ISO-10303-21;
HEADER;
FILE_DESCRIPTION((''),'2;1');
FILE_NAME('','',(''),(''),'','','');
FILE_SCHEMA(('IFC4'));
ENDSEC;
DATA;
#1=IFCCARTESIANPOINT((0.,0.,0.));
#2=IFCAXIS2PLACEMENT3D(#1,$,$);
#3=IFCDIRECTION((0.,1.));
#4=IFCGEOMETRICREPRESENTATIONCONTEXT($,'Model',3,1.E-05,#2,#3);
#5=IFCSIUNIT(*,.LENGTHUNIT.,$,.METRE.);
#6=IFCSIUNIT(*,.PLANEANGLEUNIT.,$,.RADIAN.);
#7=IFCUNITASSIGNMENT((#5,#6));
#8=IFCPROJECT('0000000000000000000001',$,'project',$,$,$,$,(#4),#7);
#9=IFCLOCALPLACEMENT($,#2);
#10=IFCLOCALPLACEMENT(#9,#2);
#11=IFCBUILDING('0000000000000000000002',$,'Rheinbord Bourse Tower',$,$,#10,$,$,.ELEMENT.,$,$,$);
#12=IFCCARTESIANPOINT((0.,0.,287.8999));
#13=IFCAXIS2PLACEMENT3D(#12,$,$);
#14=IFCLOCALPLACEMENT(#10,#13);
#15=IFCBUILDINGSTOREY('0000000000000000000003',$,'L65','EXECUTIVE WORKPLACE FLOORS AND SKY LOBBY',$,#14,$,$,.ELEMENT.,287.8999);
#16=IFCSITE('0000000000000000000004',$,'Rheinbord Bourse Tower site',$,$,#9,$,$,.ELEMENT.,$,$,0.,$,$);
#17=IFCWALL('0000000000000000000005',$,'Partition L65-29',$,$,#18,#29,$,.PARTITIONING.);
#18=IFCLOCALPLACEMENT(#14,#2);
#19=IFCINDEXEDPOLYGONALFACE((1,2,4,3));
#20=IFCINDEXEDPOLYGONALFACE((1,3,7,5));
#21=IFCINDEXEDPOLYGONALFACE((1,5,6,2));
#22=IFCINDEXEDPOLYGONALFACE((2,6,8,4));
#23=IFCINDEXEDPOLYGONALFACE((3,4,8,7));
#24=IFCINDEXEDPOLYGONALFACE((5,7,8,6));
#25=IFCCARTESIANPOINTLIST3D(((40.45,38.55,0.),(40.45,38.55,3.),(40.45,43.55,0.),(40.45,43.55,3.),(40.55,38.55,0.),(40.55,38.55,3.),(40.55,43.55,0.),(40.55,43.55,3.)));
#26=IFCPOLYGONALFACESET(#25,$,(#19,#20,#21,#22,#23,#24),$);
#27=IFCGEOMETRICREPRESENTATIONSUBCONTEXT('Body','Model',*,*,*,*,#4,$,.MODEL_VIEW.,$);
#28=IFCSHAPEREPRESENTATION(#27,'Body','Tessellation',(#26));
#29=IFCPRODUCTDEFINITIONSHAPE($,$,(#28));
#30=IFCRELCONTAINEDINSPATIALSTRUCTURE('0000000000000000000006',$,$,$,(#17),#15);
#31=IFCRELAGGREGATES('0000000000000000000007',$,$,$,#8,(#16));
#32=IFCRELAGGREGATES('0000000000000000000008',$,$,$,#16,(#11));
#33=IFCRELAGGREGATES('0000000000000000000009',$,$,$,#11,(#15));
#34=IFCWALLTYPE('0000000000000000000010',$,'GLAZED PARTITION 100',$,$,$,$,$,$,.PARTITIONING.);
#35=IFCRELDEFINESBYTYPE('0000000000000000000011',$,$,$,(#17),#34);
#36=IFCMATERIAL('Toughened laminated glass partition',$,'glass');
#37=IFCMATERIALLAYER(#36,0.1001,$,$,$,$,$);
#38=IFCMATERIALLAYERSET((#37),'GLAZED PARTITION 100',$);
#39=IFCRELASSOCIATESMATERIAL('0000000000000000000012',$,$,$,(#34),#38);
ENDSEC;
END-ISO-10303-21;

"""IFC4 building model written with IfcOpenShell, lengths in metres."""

from ifc_helpers import new_model, si_unit, direction, frame, frame_2d, origin, place, context, subcontext, project, spatial, rectangle, extrude, material, layer, layer_set, type_object, element, save


model = new_model("IFC4")

# Units and contexts
model_context = context("Model", 3, precision=1e-05, world=origin(), true_north=direction((0.0, 1.0)))
body_context = subcontext(model_context, "Body", "Model", "MODEL_VIEW")
ifc_project = project(units=[si_unit("LENGTHUNIT", "METRE"), si_unit("PLANEANGLEUNIT", "RADIAN")], contexts=[model_context])

# Site, building, storey
site_placement = place(None, origin())
site = spatial("IfcSite", under=ifc_project, at=site_placement, Name="Rheinbord Bourse Tower site", CompositionType="ELEMENT", RefElevation=0.0)
building_placement = place(site_placement, origin())
building = spatial("IfcBuilding", under=site, at=building_placement, Name="Rheinbord Bourse Tower", CompositionType="ELEMENT")
storey_placement = place(building_placement, frame((0.0, 0.0, 287.8999)))
storey = spatial("IfcBuildingStorey", under=building, at=storey_placement, Name="L65", Description="EXECUTIVE WORKPLACE FLOORS AND SKY LOBBY", CompositionType="ELEMENT", Elevation=287.8999)

# Wall
ifc_material_1 = material(Name="Toughened laminated glass partition", Category="glass")
ifc_layer_1 = layer(ifc_material_1, 0.1001)
ifc_layer_set_1 = layer_set([ifc_layer_1], Name="GLAZED PARTITION 100")
wall_type_1 = type_object("IfcWallType", Name="GLAZED PARTITION 100", PredefinedType="PARTITIONING", material=ifc_layer_set_1)
wall_1_placement = place(storey_placement, frame((40.5, 38.55, 0.0), z_axis=(0.0, 0.0, 1.0), x_axis=(0.0, 1.0, 0.0)))
element("IfcWall", 1, at=wall_1_placement, inside=storey, type_object=wall_type_1, Name="Partition L65-29", PredefinedType="PARTITIONING", context=body_context, shape_type="SweptSolid", body=[
    extrude(rectangle(XDim=5.0, YDim=0.1001, at=frame_2d((2.5, 0.0))), origin(), (0.0, 0.0, 1.0), 3.0),
])

save(model, "model.ifc")
